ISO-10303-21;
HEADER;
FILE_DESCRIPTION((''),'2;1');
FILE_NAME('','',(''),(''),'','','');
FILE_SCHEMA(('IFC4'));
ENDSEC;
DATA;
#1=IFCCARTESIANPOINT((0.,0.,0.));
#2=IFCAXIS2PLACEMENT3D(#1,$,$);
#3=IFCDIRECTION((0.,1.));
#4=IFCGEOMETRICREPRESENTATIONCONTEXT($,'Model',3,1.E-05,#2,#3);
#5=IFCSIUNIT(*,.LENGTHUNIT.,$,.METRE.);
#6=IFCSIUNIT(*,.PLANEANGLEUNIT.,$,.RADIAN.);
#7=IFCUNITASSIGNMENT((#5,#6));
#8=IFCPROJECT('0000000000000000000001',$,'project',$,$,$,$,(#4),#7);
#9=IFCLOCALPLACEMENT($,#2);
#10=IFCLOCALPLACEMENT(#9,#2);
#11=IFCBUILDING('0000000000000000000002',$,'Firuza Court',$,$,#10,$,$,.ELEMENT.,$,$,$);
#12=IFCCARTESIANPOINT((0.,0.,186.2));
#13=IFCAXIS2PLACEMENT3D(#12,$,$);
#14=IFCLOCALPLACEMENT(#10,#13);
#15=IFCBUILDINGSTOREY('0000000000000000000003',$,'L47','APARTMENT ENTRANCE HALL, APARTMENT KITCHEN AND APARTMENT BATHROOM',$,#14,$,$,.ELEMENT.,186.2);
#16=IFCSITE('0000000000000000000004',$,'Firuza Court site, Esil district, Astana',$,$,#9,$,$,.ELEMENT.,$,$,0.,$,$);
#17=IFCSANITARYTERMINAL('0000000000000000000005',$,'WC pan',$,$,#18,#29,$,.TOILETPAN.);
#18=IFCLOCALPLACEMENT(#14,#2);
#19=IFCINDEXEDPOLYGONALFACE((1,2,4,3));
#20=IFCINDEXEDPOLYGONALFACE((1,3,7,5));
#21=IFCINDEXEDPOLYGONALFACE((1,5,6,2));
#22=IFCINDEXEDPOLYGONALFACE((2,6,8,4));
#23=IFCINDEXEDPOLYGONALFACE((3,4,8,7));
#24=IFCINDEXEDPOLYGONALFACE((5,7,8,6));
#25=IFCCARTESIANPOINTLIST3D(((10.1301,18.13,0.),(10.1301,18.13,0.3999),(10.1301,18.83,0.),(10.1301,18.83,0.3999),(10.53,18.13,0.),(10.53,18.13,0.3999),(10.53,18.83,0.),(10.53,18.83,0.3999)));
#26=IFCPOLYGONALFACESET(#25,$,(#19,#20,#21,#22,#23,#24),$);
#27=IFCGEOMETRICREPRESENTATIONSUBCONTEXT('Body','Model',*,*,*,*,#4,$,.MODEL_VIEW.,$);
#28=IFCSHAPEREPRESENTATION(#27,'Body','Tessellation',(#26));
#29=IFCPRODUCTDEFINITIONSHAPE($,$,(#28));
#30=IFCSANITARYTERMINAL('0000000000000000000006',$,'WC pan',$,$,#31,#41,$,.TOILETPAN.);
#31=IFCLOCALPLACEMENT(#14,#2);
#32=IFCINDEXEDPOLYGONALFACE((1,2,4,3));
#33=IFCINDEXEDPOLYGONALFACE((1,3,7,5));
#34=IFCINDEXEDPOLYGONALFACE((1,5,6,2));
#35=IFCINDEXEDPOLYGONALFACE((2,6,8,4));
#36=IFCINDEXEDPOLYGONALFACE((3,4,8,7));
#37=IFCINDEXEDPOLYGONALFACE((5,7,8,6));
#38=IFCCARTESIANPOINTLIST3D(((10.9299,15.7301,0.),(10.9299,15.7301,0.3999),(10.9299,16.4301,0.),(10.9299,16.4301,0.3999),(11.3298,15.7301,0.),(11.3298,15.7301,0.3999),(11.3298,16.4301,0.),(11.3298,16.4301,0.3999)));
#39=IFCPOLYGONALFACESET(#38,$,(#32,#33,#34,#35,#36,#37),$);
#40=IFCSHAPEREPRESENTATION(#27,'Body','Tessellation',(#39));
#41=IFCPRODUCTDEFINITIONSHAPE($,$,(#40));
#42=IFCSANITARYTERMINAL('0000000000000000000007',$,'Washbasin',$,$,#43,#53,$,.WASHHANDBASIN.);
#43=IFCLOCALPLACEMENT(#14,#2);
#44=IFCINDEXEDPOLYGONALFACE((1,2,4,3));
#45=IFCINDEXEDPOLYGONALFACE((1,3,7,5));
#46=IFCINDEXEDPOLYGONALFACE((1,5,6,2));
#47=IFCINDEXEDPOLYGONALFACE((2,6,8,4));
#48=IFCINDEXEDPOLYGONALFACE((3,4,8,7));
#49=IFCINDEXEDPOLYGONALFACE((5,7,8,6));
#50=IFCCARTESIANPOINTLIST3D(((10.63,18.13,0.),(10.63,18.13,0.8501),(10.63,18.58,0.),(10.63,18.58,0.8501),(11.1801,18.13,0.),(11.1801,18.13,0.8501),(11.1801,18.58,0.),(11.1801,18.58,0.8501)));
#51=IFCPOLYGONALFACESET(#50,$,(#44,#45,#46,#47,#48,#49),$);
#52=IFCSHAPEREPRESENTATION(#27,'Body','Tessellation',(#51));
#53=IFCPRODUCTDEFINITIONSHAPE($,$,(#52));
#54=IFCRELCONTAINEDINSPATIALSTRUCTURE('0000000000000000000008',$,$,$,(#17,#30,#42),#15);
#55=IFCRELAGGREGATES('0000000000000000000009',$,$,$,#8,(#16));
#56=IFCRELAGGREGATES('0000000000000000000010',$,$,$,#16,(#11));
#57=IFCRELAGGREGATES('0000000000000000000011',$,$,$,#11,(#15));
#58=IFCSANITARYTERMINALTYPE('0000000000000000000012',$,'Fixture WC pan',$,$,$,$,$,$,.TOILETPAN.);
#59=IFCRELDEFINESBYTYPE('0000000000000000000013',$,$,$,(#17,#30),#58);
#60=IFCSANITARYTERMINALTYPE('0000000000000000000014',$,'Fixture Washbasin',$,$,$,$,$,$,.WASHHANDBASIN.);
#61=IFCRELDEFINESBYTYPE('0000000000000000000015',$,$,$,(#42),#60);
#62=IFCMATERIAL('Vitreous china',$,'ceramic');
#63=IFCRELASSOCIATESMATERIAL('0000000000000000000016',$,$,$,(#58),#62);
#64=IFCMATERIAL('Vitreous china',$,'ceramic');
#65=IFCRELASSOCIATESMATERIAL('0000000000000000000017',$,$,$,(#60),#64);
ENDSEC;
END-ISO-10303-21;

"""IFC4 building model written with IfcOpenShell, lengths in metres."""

from ifc_helpers import new_model, si_unit, direction, frame, origin, origin_2d, place, context, subcontext, project, spatial, rectangle, extrude, material, type_object, element, save


model = new_model("IFC4")

# Units and contexts
model_context = context("Model", 3, precision=1e-05, world=origin(), true_north=direction((0.0, 1.0)))
body_context = subcontext(model_context, "Body", "Model", "MODEL_VIEW")
ifc_project = project(units=[si_unit("LENGTHUNIT", "METRE"), si_unit("PLANEANGLEUNIT", "RADIAN")], contexts=[model_context])

# Site, building, storey
site_placement = place(None, origin())
site = spatial("IfcSite", under=ifc_project, at=site_placement, Name="Firuza Court site, Esil district, Astana", CompositionType="ELEMENT", RefElevation=0.0)
building_placement = place(site_placement, origin())
building = spatial("IfcBuilding", under=site, at=building_placement, Name="Firuza Court", CompositionType="ELEMENT")
storey_placement = place(building_placement, frame((0.0, 0.0, 186.2)))
storey = spatial("IfcBuildingStorey", under=building, at=storey_placement, Name="L47", Description="APARTMENT ENTRANCE HALL, APARTMENT KITCHEN AND APARTMENT BATHROOM", CompositionType="ELEMENT", Elevation=186.2)

# Sanitary terminals
ifc_material_1 = material(Name="Vitreous china", Category="ceramic")
sanitary_terminal_type_1 = type_object("IfcSanitaryTerminalType", Name="Fixture WC pan", PredefinedType="TOILETPAN", material=ifc_material_1)
for number, where, z_axis, x_axis, name in (
    (1, (10.3301, 18.48, 0.0), (0.0, 0.0, 1.0), (1.0, 0.0, 0.0), "WC pan"),
    (2, (11.1299, 16.0801, 0.0), (0.0, 0.0, 1.0), (1.0, 0.0, 0.0), "WC pan"),
):
    element("IfcSanitaryTerminal", number, at=place(storey_placement, frame(where, z_axis=z_axis, x_axis=x_axis)), inside=storey, type_object=sanitary_terminal_type_1, Name=name, PredefinedType="TOILETPAN", context=body_context, shape_type="SweptSolid", body=[
        extrude(rectangle(XDim=0.3999, YDim=0.7, at=origin_2d()), origin(), (0.0, 0.0, 1.0), 0.3999),
    ])
ifc_material_2 = material(Name="Vitreous china", Category="ceramic")
sanitary_terminal_type_2 = type_object("IfcSanitaryTerminalType", Name="Fixture Washbasin", PredefinedType="WASHHANDBASIN", material=ifc_material_2)
sanitary_terminal_1_placement = place(storey_placement, frame((10.905, 18.355, 0.0), z_axis=(0.0, 0.0, 1.0), x_axis=(1.0, 0.0, 0.0)))
element("IfcSanitaryTerminal", 3, at=sanitary_terminal_1_placement, inside=storey, type_object=sanitary_terminal_type_2, Name="Washbasin", PredefinedType="WASHHANDBASIN", context=body_context, shape_type="SweptSolid", body=[
    extrude(rectangle(XDim=0.55, YDim=0.45, at=origin_2d()), origin(), (0.0, 0.0, 1.0), 0.8501),
])

save(model, "model.ifc")
